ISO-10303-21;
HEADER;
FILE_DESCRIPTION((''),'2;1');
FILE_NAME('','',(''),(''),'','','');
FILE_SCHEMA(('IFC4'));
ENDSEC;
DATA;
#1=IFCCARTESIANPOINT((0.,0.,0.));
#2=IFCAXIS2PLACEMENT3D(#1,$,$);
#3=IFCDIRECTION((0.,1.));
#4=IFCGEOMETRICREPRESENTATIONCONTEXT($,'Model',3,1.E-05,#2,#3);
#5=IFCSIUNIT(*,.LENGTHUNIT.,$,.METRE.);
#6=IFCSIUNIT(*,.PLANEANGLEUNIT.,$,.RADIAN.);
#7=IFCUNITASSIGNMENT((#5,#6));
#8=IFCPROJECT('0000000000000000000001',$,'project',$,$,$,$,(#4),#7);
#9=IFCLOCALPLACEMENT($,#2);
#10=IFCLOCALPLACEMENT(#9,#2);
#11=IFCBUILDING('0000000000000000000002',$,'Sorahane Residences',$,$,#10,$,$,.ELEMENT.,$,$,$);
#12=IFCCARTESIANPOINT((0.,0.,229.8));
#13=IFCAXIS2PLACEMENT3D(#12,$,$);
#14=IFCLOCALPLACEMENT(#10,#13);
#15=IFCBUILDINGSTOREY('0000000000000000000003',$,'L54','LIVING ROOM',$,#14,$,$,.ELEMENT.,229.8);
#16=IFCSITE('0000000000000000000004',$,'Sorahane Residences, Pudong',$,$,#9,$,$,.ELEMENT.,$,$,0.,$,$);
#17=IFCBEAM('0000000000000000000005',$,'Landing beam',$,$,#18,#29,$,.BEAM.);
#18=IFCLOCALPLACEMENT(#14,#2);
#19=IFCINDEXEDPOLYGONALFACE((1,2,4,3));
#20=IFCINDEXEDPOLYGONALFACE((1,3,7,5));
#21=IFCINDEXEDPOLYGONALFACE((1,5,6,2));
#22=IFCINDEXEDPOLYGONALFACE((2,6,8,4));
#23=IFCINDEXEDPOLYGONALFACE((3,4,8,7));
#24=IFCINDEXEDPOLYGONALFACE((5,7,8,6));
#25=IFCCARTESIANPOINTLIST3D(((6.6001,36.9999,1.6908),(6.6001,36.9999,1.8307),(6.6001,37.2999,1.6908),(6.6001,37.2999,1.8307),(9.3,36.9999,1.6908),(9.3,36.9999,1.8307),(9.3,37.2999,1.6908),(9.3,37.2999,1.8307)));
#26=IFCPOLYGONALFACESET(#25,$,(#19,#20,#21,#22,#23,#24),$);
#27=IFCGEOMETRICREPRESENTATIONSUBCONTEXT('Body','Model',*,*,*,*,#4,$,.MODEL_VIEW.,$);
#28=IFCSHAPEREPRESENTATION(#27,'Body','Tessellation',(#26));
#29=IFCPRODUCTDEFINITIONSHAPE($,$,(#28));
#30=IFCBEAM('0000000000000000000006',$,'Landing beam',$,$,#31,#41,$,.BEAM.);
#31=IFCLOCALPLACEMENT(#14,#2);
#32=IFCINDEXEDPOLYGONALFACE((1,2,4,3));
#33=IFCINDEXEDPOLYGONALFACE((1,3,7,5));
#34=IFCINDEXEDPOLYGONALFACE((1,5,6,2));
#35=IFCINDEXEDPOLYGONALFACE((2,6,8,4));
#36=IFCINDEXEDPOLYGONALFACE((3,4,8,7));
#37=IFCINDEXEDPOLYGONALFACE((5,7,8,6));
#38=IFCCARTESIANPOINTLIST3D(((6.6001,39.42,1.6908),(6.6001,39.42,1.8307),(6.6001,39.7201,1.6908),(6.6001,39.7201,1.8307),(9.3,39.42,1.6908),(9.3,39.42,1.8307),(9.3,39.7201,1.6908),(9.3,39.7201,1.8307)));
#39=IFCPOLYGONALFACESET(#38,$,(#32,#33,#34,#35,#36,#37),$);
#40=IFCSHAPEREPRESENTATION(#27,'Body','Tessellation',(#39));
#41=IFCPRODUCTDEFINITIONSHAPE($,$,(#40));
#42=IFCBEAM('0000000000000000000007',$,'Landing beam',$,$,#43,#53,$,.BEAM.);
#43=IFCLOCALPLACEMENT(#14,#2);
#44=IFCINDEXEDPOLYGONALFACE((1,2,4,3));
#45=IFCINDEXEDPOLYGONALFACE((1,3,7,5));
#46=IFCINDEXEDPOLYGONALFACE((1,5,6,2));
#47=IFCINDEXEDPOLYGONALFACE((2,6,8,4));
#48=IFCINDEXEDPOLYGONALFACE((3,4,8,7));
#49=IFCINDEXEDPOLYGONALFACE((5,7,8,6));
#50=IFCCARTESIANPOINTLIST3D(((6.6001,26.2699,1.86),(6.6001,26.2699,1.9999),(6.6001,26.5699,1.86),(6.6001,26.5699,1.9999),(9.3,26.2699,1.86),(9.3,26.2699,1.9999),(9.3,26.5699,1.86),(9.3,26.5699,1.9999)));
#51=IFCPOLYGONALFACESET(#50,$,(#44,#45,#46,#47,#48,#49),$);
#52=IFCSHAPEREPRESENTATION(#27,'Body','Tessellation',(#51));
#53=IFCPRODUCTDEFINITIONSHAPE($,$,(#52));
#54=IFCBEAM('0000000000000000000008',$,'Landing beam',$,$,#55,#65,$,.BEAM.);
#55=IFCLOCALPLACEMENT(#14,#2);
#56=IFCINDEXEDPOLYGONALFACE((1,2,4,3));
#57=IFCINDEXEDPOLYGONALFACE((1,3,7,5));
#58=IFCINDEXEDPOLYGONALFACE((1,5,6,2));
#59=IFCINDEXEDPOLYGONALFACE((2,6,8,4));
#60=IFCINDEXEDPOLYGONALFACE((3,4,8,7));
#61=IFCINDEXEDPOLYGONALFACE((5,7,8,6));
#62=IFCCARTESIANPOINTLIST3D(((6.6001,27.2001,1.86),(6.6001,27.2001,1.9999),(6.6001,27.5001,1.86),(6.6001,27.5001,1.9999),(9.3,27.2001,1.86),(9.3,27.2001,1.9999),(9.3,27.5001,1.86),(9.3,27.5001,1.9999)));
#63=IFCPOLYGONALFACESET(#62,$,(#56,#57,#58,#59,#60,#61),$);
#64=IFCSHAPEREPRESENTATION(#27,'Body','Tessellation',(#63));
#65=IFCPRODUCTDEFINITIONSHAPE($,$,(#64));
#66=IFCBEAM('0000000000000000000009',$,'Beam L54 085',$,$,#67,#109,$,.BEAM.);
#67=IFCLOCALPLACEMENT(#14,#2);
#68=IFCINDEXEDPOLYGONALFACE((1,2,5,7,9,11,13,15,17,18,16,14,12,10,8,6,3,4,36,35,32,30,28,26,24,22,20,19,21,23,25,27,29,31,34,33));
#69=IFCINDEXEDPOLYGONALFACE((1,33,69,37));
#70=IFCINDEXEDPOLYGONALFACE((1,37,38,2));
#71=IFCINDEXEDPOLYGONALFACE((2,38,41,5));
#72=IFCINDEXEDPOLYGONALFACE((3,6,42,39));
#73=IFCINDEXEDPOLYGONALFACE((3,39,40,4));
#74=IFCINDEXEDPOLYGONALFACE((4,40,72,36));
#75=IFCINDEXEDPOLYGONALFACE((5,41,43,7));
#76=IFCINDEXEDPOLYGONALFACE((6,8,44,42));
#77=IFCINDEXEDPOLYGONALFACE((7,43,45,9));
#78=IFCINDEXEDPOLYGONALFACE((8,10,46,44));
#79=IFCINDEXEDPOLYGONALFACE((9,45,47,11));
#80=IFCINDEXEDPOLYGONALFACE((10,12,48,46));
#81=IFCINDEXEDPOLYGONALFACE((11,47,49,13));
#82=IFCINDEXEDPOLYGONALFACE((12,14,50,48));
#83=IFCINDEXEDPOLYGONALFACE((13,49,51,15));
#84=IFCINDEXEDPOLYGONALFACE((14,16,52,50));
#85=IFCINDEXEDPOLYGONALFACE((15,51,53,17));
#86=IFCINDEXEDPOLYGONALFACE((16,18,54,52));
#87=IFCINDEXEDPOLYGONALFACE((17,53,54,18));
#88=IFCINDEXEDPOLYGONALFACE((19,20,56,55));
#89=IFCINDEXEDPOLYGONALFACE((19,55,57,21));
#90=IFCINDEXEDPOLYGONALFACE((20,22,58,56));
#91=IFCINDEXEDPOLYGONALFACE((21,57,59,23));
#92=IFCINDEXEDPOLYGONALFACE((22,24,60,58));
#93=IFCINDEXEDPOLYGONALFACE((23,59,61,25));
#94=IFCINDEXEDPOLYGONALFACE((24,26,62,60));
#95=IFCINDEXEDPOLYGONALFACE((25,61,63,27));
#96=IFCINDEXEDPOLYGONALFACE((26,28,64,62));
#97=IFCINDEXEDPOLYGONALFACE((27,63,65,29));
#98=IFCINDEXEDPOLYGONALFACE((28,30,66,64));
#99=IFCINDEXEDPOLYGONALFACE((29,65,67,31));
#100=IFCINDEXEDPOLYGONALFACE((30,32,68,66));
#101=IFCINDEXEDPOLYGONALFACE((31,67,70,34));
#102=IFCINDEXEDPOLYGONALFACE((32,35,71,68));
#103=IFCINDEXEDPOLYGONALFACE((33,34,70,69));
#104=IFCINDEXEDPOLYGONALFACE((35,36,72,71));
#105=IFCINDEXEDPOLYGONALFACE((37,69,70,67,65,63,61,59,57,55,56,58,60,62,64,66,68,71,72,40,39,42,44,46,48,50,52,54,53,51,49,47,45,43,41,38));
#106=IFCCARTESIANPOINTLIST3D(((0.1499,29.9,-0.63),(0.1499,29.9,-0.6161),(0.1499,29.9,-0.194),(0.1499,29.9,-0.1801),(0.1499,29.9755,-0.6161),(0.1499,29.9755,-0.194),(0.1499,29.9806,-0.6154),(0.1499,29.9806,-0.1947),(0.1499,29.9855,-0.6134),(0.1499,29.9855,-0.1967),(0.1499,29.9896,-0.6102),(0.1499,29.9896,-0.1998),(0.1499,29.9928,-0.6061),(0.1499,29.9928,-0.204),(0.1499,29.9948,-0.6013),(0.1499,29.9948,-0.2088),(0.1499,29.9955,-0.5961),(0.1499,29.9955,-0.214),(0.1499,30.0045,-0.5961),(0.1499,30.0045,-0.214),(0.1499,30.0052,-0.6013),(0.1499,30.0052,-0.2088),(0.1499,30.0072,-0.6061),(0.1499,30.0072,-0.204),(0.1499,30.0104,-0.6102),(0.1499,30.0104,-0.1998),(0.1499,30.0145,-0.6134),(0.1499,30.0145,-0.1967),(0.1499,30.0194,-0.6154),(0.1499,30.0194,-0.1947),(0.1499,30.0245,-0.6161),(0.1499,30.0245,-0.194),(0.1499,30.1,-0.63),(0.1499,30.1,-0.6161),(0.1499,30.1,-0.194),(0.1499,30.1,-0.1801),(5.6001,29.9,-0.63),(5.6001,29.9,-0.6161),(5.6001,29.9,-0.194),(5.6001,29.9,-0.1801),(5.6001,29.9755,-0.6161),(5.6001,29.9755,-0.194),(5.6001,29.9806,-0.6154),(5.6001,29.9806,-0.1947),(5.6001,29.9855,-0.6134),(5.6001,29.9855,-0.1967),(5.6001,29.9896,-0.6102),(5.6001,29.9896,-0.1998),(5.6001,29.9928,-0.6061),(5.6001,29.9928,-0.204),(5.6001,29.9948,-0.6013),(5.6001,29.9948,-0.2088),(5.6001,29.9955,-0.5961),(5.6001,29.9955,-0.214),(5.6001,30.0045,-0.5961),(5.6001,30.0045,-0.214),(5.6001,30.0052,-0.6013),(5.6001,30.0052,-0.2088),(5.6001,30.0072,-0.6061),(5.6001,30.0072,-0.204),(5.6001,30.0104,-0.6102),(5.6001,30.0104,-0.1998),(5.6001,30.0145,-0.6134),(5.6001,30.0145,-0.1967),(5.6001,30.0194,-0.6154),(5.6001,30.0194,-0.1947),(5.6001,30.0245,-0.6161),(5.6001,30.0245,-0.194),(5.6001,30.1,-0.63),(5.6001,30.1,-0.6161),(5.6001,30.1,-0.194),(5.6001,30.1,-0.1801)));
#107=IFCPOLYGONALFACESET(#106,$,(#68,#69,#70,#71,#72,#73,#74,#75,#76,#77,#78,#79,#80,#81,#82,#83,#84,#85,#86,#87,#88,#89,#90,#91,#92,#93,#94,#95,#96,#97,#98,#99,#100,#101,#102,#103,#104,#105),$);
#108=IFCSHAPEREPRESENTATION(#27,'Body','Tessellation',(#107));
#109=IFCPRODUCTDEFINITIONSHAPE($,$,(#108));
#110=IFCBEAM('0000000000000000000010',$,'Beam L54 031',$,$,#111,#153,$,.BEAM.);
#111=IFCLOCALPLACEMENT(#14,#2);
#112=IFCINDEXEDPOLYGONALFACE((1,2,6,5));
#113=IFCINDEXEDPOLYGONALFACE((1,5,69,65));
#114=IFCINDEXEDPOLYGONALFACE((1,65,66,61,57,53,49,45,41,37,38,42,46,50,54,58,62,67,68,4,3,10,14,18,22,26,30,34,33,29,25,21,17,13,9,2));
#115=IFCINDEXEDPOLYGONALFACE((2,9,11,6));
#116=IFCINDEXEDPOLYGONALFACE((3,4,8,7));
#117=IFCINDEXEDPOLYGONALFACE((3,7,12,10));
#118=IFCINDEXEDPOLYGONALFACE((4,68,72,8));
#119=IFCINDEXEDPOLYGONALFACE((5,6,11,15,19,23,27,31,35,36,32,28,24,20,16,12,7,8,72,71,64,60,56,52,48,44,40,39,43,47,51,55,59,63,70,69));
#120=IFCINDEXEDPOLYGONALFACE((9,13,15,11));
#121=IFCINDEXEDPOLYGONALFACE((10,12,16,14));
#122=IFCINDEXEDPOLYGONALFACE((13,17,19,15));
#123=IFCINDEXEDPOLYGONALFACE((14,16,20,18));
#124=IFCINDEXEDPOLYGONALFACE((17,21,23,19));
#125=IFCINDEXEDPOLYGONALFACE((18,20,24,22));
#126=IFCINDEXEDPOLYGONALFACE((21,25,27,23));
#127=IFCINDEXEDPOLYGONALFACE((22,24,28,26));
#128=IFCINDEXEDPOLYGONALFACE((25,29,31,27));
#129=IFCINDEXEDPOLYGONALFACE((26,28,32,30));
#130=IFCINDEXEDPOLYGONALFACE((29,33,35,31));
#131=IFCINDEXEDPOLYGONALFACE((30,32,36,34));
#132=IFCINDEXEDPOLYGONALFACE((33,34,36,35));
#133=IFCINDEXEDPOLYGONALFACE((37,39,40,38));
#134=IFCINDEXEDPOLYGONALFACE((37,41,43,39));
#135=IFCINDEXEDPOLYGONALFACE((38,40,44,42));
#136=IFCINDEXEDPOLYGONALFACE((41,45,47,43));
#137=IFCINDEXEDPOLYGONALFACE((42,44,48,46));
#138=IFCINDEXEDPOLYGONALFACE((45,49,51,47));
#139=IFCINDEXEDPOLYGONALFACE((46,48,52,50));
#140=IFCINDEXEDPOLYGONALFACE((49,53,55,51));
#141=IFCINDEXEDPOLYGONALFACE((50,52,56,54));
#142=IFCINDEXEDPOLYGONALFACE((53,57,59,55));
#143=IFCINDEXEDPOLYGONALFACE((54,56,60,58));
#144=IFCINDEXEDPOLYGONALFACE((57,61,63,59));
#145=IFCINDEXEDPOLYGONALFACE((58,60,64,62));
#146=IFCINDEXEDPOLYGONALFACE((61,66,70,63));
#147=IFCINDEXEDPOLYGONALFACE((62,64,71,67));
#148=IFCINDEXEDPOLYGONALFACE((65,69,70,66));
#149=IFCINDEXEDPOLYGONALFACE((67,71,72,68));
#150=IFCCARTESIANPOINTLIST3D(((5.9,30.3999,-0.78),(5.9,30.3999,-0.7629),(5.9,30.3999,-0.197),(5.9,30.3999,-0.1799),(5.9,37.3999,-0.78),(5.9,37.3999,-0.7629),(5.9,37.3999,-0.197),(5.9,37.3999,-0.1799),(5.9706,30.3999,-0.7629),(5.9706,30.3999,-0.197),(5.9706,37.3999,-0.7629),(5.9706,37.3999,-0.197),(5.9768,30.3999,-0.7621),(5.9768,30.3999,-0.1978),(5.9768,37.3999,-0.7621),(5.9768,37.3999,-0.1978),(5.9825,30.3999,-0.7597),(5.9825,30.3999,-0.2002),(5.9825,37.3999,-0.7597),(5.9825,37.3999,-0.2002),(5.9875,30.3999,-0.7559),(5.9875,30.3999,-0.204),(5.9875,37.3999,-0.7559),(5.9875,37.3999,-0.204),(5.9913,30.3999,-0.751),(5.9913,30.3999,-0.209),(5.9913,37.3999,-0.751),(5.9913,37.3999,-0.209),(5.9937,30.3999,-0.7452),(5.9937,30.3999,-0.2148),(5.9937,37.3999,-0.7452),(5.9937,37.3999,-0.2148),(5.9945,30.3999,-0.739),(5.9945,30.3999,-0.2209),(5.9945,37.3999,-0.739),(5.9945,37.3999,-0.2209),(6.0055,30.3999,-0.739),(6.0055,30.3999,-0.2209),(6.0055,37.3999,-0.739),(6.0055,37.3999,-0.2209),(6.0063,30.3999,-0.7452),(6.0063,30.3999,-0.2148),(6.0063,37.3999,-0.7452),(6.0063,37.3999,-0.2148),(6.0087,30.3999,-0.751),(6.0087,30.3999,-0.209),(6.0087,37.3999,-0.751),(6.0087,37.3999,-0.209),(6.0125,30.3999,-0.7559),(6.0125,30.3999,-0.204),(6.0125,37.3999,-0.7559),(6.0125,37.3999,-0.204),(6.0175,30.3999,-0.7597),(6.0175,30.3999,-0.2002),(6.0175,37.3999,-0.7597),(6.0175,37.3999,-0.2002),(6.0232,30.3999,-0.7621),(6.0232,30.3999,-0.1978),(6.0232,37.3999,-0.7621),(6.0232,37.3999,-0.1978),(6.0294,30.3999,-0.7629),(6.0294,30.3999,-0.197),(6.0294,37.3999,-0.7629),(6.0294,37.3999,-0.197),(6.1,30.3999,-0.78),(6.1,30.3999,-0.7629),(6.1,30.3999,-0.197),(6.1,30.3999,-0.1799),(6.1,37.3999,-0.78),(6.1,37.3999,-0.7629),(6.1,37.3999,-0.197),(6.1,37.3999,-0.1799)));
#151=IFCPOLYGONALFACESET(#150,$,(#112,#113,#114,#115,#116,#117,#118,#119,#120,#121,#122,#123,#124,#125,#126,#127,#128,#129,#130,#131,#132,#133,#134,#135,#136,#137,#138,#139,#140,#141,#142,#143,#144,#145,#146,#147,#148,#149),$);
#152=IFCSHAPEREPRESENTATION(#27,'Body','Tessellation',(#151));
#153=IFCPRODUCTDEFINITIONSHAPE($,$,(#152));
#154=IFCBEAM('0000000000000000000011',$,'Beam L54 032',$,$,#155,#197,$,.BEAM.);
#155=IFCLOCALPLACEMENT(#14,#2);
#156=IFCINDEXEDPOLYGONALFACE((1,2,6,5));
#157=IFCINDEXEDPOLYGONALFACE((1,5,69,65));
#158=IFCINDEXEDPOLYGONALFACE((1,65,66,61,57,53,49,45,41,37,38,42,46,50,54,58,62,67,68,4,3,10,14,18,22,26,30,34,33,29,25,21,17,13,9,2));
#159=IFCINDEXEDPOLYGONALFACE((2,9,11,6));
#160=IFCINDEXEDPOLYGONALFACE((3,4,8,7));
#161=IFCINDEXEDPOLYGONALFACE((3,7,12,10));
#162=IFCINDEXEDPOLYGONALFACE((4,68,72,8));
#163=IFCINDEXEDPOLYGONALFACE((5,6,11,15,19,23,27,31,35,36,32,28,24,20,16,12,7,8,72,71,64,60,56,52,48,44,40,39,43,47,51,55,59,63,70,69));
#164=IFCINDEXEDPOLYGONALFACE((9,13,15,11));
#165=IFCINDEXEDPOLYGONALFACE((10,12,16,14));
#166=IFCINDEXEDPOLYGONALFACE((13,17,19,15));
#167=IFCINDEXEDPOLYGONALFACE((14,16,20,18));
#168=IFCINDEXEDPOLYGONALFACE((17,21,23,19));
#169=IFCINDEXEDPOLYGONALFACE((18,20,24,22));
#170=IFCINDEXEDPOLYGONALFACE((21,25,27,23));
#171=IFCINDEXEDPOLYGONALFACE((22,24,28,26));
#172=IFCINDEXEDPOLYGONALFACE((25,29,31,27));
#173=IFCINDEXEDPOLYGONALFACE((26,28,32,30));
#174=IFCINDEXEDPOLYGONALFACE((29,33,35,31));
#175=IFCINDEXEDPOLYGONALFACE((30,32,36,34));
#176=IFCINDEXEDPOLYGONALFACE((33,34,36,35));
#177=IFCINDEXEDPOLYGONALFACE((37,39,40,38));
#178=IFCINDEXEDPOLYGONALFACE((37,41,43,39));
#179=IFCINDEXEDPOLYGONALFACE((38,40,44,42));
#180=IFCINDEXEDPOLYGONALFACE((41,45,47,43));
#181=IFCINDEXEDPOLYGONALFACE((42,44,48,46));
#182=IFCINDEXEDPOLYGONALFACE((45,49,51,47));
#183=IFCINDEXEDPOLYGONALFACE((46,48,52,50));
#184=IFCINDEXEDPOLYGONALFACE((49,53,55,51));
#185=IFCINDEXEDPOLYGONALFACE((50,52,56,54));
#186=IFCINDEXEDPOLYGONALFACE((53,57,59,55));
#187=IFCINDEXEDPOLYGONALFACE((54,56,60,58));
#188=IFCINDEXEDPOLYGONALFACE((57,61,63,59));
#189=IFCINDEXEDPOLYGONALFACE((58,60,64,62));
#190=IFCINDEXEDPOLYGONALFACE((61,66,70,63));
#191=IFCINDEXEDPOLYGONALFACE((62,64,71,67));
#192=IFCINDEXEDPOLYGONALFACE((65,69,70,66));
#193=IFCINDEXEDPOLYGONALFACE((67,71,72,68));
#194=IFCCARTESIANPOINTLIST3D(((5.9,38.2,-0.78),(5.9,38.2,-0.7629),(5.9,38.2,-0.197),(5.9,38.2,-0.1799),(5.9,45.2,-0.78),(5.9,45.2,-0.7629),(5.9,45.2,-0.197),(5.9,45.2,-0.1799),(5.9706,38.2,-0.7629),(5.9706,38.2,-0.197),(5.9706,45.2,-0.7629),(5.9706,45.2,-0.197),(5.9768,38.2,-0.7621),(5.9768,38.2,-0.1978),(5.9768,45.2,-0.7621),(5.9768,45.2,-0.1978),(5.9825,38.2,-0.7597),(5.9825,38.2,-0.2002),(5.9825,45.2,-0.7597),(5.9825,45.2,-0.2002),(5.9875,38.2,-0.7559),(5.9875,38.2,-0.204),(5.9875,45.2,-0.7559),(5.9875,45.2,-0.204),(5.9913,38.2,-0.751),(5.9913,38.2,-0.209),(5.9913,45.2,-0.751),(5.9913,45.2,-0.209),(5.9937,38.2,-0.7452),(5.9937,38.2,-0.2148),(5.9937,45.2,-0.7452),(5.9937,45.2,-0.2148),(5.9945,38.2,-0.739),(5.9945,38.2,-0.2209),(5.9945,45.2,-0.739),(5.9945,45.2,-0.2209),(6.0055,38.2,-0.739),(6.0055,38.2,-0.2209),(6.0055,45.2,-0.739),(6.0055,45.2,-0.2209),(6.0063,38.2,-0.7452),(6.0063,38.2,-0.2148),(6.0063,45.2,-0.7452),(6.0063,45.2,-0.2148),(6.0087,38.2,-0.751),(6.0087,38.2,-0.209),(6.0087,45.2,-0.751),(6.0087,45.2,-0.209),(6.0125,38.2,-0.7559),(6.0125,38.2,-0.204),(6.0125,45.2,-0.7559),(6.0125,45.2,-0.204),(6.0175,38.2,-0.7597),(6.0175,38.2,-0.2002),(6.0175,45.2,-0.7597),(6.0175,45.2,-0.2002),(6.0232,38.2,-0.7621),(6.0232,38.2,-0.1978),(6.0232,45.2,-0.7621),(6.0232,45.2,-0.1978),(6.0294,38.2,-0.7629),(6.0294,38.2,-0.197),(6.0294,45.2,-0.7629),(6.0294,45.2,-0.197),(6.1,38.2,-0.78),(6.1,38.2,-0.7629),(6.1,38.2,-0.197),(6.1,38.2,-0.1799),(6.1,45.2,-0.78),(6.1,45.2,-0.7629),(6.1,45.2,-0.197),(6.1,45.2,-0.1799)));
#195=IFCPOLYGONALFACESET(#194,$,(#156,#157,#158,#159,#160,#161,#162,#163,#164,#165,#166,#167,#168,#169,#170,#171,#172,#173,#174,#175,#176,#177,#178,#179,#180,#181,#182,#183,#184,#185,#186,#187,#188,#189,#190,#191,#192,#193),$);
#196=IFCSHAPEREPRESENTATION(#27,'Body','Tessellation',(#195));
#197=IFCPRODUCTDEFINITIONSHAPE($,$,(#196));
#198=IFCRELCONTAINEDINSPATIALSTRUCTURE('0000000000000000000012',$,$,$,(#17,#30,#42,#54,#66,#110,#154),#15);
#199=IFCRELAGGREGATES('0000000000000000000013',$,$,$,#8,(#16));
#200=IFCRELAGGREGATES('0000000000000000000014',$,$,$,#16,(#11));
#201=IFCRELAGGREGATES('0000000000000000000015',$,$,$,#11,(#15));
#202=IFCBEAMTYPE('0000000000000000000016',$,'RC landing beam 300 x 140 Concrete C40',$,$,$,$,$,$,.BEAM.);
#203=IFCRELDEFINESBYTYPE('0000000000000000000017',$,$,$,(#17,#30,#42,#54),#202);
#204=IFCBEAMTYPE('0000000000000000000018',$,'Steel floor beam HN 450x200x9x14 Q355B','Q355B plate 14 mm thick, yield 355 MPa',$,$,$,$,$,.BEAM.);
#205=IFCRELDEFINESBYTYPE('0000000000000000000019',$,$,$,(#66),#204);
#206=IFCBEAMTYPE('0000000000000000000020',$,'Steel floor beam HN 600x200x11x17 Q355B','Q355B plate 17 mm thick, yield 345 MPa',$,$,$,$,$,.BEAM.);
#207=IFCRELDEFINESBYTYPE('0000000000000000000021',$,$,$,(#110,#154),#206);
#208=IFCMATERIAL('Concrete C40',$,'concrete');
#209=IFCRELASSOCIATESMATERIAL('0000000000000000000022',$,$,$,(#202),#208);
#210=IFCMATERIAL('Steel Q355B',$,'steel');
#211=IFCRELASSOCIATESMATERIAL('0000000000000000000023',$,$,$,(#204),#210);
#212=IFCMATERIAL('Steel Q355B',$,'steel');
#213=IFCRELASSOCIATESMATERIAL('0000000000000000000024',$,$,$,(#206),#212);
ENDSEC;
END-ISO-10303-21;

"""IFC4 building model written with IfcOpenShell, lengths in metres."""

from ifc_helpers import new_model, si_unit, direction, frame, origin, origin_2d, place, context, subcontext, project, spatial, rectangle, i_section, extrude, material, material_profile, profile_set, type_object, element, save


model = new_model("IFC4")

# Units and contexts
model_context = context("Model", 3, precision=1e-05, world=origin(), true_north=direction((0.0, 1.0)))
body_context = subcontext(model_context, "Body", "Model", "MODEL_VIEW")
ifc_project = project(units=[si_unit("LENGTHUNIT", "METRE"), si_unit("PLANEANGLEUNIT", "RADIAN")], contexts=[model_context])

# Site, building, storey
site_placement = place(None, origin())
site = spatial("IfcSite", under=ifc_project, at=site_placement, Name="Sorahane Residences, Pudong", CompositionType="ELEMENT", RefElevation=0.0)
building_placement = place(site_placement, origin())
building = spatial("IfcBuilding", under=site, at=building_placement, Name="Sorahane Residences", CompositionType="ELEMENT")
storey_placement = place(building_placement, frame((0.0, 0.0, 229.8)))
storey = spatial("IfcBuildingStorey", under=building, at=storey_placement, Name="L54", Description="LIVING ROOM", CompositionType="ELEMENT", Elevation=229.8)

# Beams
ifc_material_1 = material(Name="Concrete C40", Category="concrete")
ifc_material_profile_1 = material_profile(ifc_material_1, rectangle(XDim=0.3, YDim=0.1399, at=origin_2d()), Name="300x140")
ifc_profile_set_1 = profile_set([ifc_material_profile_1], Name="Concrete C40")
beam_type_1 = type_object("IfcBeamType", Name="RC landing beam 300 x 140 Concrete C40", PredefinedType="BEAM", material=ifc_profile_set_1)
for number, where, z_axis, x_axis, name in (
    (1, (6.6001, 37.1499, 1.7607), (1.0, 0.0, 0.0), (0.0, 1.0, 0.0), "Landing beam"),
    (2, (6.6001, 39.5701, 1.7607), (1.0, 0.0, 0.0), (0.0, 1.0, 0.0), "Landing beam"),
    (3, (6.6001, 26.4199, 1.9299), (1.0, 0.0, 0.0), (0.0, 1.0, 0.0), "Landing beam"),
    (4, (6.6001, 27.3501, 1.9299), (1.0, 0.0, 0.0), (0.0, 1.0, 0.0), "Landing beam"),
):
    element("IfcBeam", number, at=place(storey_placement, frame(where, z_axis=z_axis, x_axis=x_axis)), inside=storey, type_object=beam_type_1, Name=name, PredefinedType="BEAM", context=body_context, shape_type="SweptSolid", body=[
        extrude(rectangle(XDim=0.3, YDim=0.1399, at=origin_2d()), origin(), (0.0, 0.0, 1.0), 2.7),
    ])
ifc_material_2 = material(Name="Steel Q355B", Category="steel")
ifc_material_profile_2 = material_profile(ifc_material_2, i_section(OverallWidth=0.2, OverallDepth=0.45, WebThickness=0.009, FlangeThickness=0.0139, FilletRadius=0.02, at=origin_2d()), Name="HN 450x200x9x14")
ifc_profile_set_2 = profile_set([ifc_material_profile_2], Name="Steel Q355B")
beam_type_2 = type_object("IfcBeamType", Name="Steel floor beam HN 450x200x9x14 Q355B", Description="Q355B plate 14 mm thick, yield 355 MPa", PredefinedType="BEAM", material=ifc_profile_set_2)
beam_placement = place(storey_placement, frame((0.1499, 30.0, -0.405), z_axis=(1.0, 0.0, 0.0), x_axis=(0.0, 1.0, 0.0)))
element("IfcBeam", 5, at=beam_placement, inside=storey, type_object=beam_type_2, Name="Beam L54 085", PredefinedType="BEAM", context=body_context, shape_type="SweptSolid", body=[
    extrude(i_section(OverallWidth=0.2, OverallDepth=0.45, WebThickness=0.009, FlangeThickness=0.0139, FilletRadius=0.02, at=origin_2d()), origin(), (0.0, 0.0, 1.0), 5.4502),
])
ifc_material_3 = material(Name="Steel Q355B", Category="steel")
ifc_material_profile_3 = material_profile(ifc_material_3, i_section(OverallWidth=0.2, OverallDepth=0.6001, WebThickness=0.011, FlangeThickness=0.0171, FilletRadius=0.0239, at=origin_2d()), Name="HN 600x200x11x17")
ifc_profile_set_3 = profile_set([ifc_material_profile_3], Name="Steel Q355B")
beam_type_3 = type_object("IfcBeamType", Name="Steel floor beam HN 600x200x11x17 Q355B", Description="Q355B plate 17 mm thick, yield 345 MPa", PredefinedType="BEAM", material=ifc_profile_set_3)
for number, where, z_axis, x_axis, name in (
    (6, (6.0, 30.3999, -0.48), (0.0, 1.0, 0.0), (-1.0, 0.0, 0.0), "Beam L54 031"),
    (7, (6.0, 38.2, -0.48), (0.0, 1.0, 0.0), (-1.0, 0.0, 0.0), "Beam L54 032"),
):
    element("IfcBeam", number, at=place(storey_placement, frame(where, z_axis=z_axis, x_axis=x_axis)), inside=storey, type_object=beam_type_3, Name=name, PredefinedType="BEAM", context=body_context, shape_type="SweptSolid", body=[
        extrude(i_section(OverallWidth=0.2, OverallDepth=0.6001, WebThickness=0.011, FlangeThickness=0.0171, FilletRadius=0.0239, at=origin_2d()), origin(), (0.0, 0.0, 1.0), 7.0),
    ])

save(model, "model.ifc")
